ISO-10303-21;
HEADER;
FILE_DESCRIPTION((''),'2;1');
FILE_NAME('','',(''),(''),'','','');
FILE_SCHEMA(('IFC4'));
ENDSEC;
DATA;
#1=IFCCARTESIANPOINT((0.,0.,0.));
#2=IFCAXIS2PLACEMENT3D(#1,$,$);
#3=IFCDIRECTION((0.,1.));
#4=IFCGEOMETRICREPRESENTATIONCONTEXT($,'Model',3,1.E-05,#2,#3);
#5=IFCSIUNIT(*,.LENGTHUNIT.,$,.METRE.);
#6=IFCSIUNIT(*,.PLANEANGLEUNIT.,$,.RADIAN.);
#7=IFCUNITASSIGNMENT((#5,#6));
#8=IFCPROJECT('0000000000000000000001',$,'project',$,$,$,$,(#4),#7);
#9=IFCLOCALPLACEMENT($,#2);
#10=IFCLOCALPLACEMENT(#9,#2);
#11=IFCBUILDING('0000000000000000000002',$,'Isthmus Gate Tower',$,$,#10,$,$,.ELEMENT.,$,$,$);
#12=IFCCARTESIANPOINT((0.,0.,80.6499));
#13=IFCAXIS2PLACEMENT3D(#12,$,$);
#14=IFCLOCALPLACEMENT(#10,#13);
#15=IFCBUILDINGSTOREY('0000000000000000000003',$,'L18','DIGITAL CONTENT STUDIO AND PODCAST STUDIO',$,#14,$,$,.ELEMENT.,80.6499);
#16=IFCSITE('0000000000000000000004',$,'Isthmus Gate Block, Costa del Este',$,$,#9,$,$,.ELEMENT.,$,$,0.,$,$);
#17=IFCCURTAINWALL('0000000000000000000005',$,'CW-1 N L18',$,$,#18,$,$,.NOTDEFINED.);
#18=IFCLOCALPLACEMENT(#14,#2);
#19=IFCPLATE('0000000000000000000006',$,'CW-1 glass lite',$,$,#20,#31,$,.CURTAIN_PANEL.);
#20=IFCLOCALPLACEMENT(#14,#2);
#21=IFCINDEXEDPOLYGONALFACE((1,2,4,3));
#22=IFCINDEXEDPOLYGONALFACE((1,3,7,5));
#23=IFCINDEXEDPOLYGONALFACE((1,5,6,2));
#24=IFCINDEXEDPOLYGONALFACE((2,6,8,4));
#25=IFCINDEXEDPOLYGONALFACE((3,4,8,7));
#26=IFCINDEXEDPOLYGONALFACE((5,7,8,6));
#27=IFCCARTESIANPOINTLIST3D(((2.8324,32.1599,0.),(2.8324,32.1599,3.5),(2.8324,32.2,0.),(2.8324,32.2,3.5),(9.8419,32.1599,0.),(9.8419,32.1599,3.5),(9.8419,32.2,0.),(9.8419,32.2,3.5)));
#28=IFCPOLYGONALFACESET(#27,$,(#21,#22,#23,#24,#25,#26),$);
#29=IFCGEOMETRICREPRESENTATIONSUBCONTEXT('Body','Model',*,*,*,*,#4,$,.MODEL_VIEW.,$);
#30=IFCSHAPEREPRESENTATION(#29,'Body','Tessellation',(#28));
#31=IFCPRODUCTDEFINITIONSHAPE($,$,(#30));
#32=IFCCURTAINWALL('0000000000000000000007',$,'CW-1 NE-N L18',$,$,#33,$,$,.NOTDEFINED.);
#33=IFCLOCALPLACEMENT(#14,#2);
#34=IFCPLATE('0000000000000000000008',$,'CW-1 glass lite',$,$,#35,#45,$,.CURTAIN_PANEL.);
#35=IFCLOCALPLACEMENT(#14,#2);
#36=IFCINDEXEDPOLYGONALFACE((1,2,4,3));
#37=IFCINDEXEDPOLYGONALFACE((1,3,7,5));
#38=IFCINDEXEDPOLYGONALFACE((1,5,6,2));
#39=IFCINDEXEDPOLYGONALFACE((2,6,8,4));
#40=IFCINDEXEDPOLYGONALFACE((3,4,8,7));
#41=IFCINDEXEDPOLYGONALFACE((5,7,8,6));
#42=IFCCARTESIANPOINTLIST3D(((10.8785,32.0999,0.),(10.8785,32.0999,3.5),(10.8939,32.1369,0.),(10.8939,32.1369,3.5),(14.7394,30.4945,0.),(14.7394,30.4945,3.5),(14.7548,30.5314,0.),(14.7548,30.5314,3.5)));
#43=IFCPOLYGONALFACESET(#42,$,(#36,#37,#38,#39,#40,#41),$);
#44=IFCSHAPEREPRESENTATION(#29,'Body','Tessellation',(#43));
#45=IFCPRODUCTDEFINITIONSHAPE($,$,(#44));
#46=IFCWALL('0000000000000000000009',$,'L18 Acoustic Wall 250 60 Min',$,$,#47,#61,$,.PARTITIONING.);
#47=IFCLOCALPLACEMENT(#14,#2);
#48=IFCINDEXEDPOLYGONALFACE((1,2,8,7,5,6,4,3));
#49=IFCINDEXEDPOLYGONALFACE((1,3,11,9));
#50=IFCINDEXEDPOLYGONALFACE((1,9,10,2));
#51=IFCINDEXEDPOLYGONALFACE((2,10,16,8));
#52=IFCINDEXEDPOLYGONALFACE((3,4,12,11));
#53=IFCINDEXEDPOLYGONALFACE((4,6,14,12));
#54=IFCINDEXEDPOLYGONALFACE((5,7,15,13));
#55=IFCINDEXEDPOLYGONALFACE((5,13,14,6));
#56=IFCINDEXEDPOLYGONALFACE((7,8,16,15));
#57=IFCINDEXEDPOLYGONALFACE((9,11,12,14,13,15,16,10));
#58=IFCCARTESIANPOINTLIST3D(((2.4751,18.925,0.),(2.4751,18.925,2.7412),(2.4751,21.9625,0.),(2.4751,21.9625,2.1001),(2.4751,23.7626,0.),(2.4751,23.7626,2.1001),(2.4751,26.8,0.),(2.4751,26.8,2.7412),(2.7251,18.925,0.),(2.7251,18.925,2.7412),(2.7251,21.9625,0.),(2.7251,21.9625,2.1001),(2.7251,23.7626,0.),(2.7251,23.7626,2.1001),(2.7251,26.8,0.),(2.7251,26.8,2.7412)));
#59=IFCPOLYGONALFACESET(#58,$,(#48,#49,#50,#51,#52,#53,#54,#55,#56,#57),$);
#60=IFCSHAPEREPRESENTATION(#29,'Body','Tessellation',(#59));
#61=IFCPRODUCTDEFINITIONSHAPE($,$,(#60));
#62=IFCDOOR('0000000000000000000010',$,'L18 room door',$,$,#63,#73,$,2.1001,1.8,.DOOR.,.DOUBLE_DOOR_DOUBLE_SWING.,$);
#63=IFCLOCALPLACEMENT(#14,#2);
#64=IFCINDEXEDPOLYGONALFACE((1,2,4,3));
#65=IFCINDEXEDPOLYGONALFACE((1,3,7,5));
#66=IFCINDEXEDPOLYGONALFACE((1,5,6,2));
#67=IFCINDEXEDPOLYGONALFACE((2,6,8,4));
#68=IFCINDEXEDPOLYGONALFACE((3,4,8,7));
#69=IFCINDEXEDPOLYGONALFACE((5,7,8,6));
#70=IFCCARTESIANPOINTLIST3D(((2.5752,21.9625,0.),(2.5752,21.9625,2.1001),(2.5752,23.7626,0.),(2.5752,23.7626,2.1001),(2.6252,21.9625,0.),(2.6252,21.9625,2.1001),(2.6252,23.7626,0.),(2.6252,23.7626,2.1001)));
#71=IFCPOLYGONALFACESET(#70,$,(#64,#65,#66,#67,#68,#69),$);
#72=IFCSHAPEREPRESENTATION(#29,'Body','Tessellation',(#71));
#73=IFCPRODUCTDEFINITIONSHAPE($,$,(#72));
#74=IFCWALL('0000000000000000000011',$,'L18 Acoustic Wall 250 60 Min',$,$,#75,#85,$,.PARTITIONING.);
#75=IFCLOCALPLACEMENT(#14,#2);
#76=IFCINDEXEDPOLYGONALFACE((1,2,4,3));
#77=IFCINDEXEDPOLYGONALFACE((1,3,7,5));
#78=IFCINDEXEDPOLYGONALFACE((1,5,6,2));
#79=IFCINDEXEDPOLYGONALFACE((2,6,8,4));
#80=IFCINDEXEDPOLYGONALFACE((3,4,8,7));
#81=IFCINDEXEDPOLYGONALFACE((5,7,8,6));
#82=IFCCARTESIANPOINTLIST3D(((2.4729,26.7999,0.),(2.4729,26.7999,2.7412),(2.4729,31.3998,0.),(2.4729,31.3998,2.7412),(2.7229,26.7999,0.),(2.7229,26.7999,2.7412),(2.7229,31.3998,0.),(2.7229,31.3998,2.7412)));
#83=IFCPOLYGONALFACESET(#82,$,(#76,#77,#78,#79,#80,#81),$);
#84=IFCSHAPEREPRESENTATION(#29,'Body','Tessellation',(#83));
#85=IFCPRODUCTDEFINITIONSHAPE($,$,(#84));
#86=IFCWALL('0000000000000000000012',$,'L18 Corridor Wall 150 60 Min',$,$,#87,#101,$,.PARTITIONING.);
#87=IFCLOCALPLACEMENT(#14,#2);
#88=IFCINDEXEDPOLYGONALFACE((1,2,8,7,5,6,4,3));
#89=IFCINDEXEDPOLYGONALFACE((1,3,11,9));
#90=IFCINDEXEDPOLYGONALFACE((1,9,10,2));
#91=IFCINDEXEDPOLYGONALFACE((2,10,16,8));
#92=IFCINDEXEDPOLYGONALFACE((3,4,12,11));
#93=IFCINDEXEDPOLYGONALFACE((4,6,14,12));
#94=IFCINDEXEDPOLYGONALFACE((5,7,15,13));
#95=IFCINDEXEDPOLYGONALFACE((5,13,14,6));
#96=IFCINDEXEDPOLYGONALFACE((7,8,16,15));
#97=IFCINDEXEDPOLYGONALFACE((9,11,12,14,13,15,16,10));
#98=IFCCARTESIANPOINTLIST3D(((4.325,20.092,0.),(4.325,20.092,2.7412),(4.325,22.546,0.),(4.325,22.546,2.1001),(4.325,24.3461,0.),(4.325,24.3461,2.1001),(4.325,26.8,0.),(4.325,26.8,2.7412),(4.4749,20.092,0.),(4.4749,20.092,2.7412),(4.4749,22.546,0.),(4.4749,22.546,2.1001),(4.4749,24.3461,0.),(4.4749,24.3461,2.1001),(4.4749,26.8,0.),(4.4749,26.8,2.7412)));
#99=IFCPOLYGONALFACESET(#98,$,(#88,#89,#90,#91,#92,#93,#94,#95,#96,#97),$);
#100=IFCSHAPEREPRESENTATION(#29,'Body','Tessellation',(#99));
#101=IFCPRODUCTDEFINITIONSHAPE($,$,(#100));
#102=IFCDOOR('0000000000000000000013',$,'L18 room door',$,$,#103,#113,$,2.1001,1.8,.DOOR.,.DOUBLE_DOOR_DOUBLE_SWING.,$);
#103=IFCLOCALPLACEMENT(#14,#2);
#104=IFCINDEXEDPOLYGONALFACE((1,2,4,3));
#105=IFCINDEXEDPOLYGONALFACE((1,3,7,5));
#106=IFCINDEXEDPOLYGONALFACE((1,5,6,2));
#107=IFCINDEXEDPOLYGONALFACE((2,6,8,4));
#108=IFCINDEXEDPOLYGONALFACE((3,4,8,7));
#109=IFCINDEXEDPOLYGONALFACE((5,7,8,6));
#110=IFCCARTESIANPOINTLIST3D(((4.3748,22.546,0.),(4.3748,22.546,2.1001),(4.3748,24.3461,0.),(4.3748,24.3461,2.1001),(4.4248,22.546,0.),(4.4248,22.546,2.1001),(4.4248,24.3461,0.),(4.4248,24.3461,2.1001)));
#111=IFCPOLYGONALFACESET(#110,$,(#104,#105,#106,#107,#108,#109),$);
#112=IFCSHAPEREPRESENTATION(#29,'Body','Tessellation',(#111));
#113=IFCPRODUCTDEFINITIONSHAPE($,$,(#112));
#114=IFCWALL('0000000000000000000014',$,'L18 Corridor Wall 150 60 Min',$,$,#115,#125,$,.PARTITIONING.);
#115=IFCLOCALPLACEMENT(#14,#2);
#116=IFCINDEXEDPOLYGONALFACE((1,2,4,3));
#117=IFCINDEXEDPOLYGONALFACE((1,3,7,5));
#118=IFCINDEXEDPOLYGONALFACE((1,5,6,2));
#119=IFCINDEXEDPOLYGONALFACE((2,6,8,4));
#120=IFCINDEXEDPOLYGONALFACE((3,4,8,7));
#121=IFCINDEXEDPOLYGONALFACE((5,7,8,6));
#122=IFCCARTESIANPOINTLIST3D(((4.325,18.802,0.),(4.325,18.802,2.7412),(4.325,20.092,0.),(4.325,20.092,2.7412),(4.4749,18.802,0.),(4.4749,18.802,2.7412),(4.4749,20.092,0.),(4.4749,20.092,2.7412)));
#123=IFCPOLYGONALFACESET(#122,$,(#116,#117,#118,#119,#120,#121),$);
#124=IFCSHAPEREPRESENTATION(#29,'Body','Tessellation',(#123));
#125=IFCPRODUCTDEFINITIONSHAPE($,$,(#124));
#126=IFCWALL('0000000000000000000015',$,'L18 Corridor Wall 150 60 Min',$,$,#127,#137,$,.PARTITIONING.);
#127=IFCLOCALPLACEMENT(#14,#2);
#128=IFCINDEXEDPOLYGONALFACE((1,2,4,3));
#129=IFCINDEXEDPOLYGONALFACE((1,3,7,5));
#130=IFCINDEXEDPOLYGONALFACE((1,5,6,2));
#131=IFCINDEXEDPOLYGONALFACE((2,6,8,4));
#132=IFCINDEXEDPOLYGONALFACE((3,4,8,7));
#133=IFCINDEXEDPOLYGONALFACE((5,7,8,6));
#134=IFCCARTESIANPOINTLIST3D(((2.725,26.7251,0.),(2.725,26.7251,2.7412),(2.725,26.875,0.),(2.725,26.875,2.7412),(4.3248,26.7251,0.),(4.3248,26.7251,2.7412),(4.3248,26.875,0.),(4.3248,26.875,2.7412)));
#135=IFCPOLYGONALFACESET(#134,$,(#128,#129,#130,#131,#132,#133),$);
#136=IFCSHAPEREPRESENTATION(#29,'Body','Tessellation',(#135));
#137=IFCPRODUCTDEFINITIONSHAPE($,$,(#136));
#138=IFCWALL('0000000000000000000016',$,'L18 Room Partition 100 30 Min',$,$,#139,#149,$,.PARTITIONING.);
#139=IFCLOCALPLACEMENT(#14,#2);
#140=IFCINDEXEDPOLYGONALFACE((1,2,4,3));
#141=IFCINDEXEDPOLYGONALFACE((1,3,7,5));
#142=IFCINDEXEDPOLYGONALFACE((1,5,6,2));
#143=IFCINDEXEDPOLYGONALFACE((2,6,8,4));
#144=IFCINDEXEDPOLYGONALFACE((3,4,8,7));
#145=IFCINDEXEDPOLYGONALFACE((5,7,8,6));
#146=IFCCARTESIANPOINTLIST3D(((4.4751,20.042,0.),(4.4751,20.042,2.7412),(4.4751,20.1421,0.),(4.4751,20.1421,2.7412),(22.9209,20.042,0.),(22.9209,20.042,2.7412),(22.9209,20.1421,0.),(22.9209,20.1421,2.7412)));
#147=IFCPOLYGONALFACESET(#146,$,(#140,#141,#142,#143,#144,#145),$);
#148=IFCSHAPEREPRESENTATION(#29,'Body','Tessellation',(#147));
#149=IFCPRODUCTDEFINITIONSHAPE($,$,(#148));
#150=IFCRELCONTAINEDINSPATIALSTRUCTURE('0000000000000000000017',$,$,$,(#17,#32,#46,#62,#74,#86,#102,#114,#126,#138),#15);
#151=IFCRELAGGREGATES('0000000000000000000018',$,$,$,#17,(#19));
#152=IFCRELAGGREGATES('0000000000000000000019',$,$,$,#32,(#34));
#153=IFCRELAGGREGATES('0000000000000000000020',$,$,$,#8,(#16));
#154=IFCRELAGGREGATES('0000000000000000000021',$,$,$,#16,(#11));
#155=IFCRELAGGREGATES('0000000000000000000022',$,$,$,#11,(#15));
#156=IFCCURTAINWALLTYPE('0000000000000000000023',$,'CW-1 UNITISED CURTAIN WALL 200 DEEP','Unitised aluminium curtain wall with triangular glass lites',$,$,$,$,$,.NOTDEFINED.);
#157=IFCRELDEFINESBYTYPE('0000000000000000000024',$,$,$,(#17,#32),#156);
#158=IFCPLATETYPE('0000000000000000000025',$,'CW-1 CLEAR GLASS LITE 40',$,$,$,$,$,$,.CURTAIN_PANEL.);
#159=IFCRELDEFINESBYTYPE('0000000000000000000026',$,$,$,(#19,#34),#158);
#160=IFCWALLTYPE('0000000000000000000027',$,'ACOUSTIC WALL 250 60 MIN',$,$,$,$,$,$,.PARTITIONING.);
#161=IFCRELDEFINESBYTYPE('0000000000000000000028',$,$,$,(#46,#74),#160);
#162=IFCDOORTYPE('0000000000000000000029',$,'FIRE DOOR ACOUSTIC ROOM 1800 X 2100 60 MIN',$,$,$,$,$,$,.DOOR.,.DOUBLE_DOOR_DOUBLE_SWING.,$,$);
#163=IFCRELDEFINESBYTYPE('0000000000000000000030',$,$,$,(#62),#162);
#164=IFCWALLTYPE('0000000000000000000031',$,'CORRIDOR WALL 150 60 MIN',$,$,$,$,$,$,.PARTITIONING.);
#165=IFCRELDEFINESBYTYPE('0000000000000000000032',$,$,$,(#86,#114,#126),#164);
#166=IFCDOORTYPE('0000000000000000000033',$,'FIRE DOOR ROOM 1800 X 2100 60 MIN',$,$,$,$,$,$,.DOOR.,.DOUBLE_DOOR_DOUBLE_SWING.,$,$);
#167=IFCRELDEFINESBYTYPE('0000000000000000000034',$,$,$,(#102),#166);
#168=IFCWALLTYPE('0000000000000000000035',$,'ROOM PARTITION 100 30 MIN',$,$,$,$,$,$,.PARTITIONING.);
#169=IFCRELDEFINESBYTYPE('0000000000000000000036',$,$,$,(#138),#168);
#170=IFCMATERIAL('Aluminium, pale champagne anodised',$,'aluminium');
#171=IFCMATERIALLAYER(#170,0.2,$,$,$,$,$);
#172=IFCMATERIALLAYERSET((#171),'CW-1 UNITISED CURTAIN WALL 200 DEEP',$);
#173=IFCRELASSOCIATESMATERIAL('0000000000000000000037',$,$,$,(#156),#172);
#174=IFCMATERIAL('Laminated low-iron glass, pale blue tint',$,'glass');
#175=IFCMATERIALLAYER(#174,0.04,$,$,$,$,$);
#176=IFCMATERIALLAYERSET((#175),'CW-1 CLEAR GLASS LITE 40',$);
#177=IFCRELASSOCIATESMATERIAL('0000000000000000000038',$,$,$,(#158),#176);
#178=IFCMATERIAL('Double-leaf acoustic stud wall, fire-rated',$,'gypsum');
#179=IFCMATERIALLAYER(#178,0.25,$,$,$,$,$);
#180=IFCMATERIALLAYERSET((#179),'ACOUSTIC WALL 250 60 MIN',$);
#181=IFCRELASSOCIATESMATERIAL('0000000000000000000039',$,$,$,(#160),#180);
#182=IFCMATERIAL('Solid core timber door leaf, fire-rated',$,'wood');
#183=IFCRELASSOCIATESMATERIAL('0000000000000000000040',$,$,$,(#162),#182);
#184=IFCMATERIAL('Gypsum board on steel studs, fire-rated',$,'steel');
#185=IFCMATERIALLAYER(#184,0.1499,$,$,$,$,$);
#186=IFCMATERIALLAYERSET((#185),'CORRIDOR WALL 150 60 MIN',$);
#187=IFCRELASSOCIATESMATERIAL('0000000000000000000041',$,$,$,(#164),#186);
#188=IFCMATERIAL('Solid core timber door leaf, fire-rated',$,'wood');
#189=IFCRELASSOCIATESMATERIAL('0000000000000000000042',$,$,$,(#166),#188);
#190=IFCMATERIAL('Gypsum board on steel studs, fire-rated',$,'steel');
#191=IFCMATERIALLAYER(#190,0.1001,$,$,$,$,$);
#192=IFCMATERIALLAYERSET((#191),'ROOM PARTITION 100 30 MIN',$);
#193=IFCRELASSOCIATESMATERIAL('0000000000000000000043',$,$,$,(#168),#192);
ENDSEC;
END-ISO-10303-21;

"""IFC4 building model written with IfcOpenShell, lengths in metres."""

from ifc_helpers import new_model, si_unit, direction, frame, frame_2d, origin, origin_2d, place, context, subcontext, project, spatial, rectangle, extrude, material, layer, layer_set, type_object, element, fill, aggregate, save


model = new_model("IFC4")

# Units and contexts
model_context = context("Model", 3, precision=1e-05, world=origin(), true_north=direction((0.0, 1.0)))
body_context = subcontext(model_context, "Body", "Model", "MODEL_VIEW")
ifc_project = project(units=[si_unit("LENGTHUNIT", "METRE"), si_unit("PLANEANGLEUNIT", "RADIAN")], contexts=[model_context])

# Site, building, storey
site_placement = place(None, origin())
site = spatial("IfcSite", under=ifc_project, at=site_placement, Name="Isthmus Gate Block, Costa del Este", CompositionType="ELEMENT", RefElevation=0.0)
building_placement = place(site_placement, origin())
building = spatial("IfcBuilding", under=site, at=building_placement, Name="Isthmus Gate Tower", CompositionType="ELEMENT")
storey_placement = place(building_placement, frame((0.0, 0.0, 80.6499)))
storey = spatial("IfcBuildingStorey", under=building, at=storey_placement, Name="L18", Description="DIGITAL CONTENT STUDIO AND PODCAST STUDIO", CompositionType="ELEMENT", Elevation=80.6499)

# Curtain wall
ifc_material_1 = material(Name="Aluminium, pale champagne anodised", Category="aluminium")
ifc_layer_1 = layer(ifc_material_1, 0.2)
ifc_layer_set_1 = layer_set([ifc_layer_1], Name="CW-1 UNITISED CURTAIN WALL 200 DEEP")
curtain_wall_type = type_object("IfcCurtainWallType", Name="CW-1 UNITISED CURTAIN WALL 200 DEEP", Description="Unitised aluminium curtain wall with triangular glass lites", PredefinedType="NOTDEFINED", material=ifc_layer_set_1)
curtain_wall_1_placement = place(storey_placement, origin())
curtain_wall_1 = element("IfcCurtainWall", 1, at=curtain_wall_1_placement, inside=storey, type_object=curtain_wall_type, Name="CW-1 N L18", PredefinedType="NOTDEFINED")

# Plate
ifc_material_2 = material(Name="Laminated low-iron glass, pale blue tint", Category="glass")
ifc_layer_2 = layer(ifc_material_2, 0.04)
ifc_layer_set_2 = layer_set([ifc_layer_2], Name="CW-1 CLEAR GLASS LITE 40")
plate_type = type_object("IfcPlateType", Name="CW-1 CLEAR GLASS LITE 40", PredefinedType="CURTAIN_PANEL", material=ifc_layer_set_2)
plate_1_placement = place(storey_placement, frame((6.3372, 32.1799, 0.0), z_axis=(0.0, 0.0, 1.0), x_axis=(-1.0, 0.0, 0.0)))
plate_1 = element("IfcPlate", 2, at=plate_1_placement, type_object=plate_type, Name="CW-1 glass lite", PredefinedType="CURTAIN_PANEL", context=body_context, shape_type="SweptSolid", body=[
    extrude(rectangle(XDim=7.0095, YDim=0.04, at=origin_2d()), origin(), (0.0, 0.0, 1.0), 3.5),
])
aggregate(curtain_wall_1, [plate_1])

# Curtain wall, plate
curtain_wall_2_placement = place(storey_placement, origin())
curtain_wall_2 = element("IfcCurtainWall", 3, at=curtain_wall_2_placement, inside=storey, type_object=curtain_wall_type, Name="CW-1 NE-N L18", PredefinedType="NOTDEFINED")
plate_2_placement = place(storey_placement, frame((12.8167, 31.3157, 0.0), z_axis=(0.0, 0.0, 1.0), x_axis=(-0.923353, 0.383952, 0.0)))
plate_2 = element("IfcPlate", 4, at=plate_2_placement, type_object=plate_type, Name="CW-1 glass lite", PredefinedType="CURTAIN_PANEL", context=body_context, shape_type="SweptSolid", body=[
    extrude(rectangle(XDim=4.1814, YDim=0.04, at=origin_2d()), origin(), (0.0, 0.0, 1.0), 3.5),
])
aggregate(curtain_wall_2, [plate_2])

# Wall, opening, door
ifc_material_3 = material(Name="Double-leaf acoustic stud wall, fire-rated", Category="gypsum")
ifc_layer_3 = layer(ifc_material_3, 0.25)
ifc_layer_set_3 = layer_set([ifc_layer_3], Name="ACOUSTIC WALL 250 60 MIN")
wall_type_1 = type_object("IfcWallType", Name="ACOUSTIC WALL 250 60 MIN", PredefinedType="PARTITIONING", material=ifc_layer_set_3)
wall_1_placement = place(storey_placement, frame((2.6001, 18.925, 0.0), z_axis=(0.0, 0.0, 1.0), x_axis=(0.0, 1.0, 0.0)))
wall_1 = element("IfcWall", 5, at=wall_1_placement, inside=storey, type_object=wall_type_1, Name="L18 Acoustic Wall 250 60 Min", PredefinedType="PARTITIONING", context=body_context, shape_type="SweptSolid", body=[
    extrude(rectangle(XDim=7.875, YDim=0.25, at=frame_2d((3.9375, 0.0))), origin(), (0.0, 0.0, 1.0), 2.7412),
])
opening_1_placement = place(wall_1_placement, frame((3.0376, 0.0, 0.0)))
opening_1 = element("IfcOpeningElement", 6, at=opening_1_placement, cuts=wall_1, PredefinedType="OPENING", context=body_context, shape_type="SweptSolid", body=[
    extrude(rectangle(XDim=1.8, YDim=2.1001, at=frame_2d((0.8999, 1.05))), frame((0.0, 0.135, 0.0), z_axis=(0.0, -1.0, 0.0), x_axis=(1.0, 0.0, 0.0)), (0.0, 0.0, 1.0), 0.27),
])
ifc_material_4 = material(Name="Solid core timber door leaf, fire-rated", Category="wood")
door_type_1 = type_object("IfcDoorType", Name="FIRE DOOR ACOUSTIC ROOM 1800 X 2100 60 MIN", OperationType="DOUBLE_DOOR_DOUBLE_SWING", PredefinedType="DOOR", material=ifc_material_4)
door_1_placement = place(opening_1_placement, origin())
door_1 = element("IfcDoor", 7, at=door_1_placement, inside=storey, type_object=door_type_1, Name="L18 room door", OperationType="DOUBLE_DOOR_DOUBLE_SWING", OverallHeight=2.1001, OverallWidth=1.8, PredefinedType="DOOR", context=body_context, shape_type="SweptSolid", body=[
    extrude(rectangle(XDim=1.8, YDim=2.1001, at=frame_2d((0.8999, 1.05))), frame((0.0, 0.0249, 0.0), z_axis=(0.0, -1.0, 0.0), x_axis=(1.0, 0.0, 0.0)), (0.0, 0.0, 1.0), 0.05),
])
fill(opening_1, door_1)

# Wall
wall_2_placement = place(storey_placement, frame((2.5979, 26.8, 0.0), z_axis=(0.0, 0.0, 1.0), x_axis=(0.0, 1.0, 0.0)))
element("IfcWall", 8, at=wall_2_placement, inside=storey, type_object=wall_type_1, Name="L18 Acoustic Wall 250 60 Min", PredefinedType="PARTITIONING", context=body_context, shape_type="SweptSolid", body=[
    extrude(rectangle(XDim=4.5999, YDim=0.25, at=frame_2d((2.2998, 0.0))), origin(), (0.0, 0.0, 1.0), 2.7412),
])

# Wall, opening, door
ifc_material_5 = material(Name="Gypsum board on steel studs, fire-rated", Category="steel")
ifc_layer_4 = layer(ifc_material_5, 0.1499)
ifc_layer_set_4 = layer_set([ifc_layer_4], Name="CORRIDOR WALL 150 60 MIN")
wall_type_2 = type_object("IfcWallType", Name="CORRIDOR WALL 150 60 MIN", PredefinedType="PARTITIONING", material=ifc_layer_set_4)
wall_3_placement = place(storey_placement, frame((4.3999, 26.8, 0.0), z_axis=(0.0, 0.0, 1.0), x_axis=(0.0, -1.0, 0.0)))
wall_3 = element("IfcWall", 9, at=wall_3_placement, inside=storey, type_object=wall_type_2, Name="L18 Corridor Wall 150 60 Min", PredefinedType="PARTITIONING", context=body_context, shape_type="SweptSolid", body=[
    extrude(rectangle(XDim=6.708, YDim=0.1499, at=frame_2d((3.354, 0.0))), origin(), (0.0, 0.0, 1.0), 2.7412),
])
opening_2_placement = place(wall_3_placement, frame((2.4541, 0.0, 0.0)))
opening_2 = element("IfcOpeningElement", 10, at=opening_2_placement, cuts=wall_3, PredefinedType="OPENING", context=body_context, shape_type="SweptSolid", body=[
    extrude(rectangle(XDim=1.8, YDim=2.1001, at=frame_2d((0.8999, 1.05))), frame((0.0, 0.085, 0.0), z_axis=(0.0, -1.0, 0.0), x_axis=(1.0, 0.0, 0.0)), (0.0, 0.0, 1.0), 0.1699),
])
ifc_material_6 = material(Name="Solid core timber door leaf, fire-rated", Category="wood")
door_type_2 = type_object("IfcDoorType", Name="FIRE DOOR ROOM 1800 X 2100 60 MIN", OperationType="DOUBLE_DOOR_DOUBLE_SWING", PredefinedType="DOOR", material=ifc_material_6)
door_2_placement = place(opening_2_placement, origin())
door_2 = element("IfcDoor", 11, at=door_2_placement, inside=storey, type_object=door_type_2, Name="L18 room door", OperationType="DOUBLE_DOOR_DOUBLE_SWING", OverallHeight=2.1001, OverallWidth=1.8, PredefinedType="DOOR", context=body_context, shape_type="SweptSolid", body=[
    extrude(rectangle(XDim=1.8, YDim=2.1001, at=frame_2d((0.8999, 1.05))), frame((0.0, 0.0249, 0.0), z_axis=(0.0, -1.0, 0.0), x_axis=(1.0, 0.0, 0.0)), (0.0, 0.0, 1.0), 0.05),
])
fill(opening_2, door_2)

# Walls
wall_4_placement = place(storey_placement, frame((4.3999, 20.092, 0.0), z_axis=(0.0, 0.0, 1.0), x_axis=(0.0, -1.0, 0.0)))
element("IfcWall", 12, at=wall_4_placement, inside=storey, type_object=wall_type_2, Name="L18 Corridor Wall 150 60 Min", PredefinedType="PARTITIONING", context=body_context, shape_type="SweptSolid", body=[
    extrude(rectangle(XDim=1.29, YDim=0.1499, at=frame_2d((0.645, 0.0))), origin(), (0.0, 0.0, 1.0), 2.7412),
])
wall_5_placement = place(storey_placement, frame((2.7251, 26.8, 0.0), z_axis=(0.0, 0.0, 1.0), x_axis=(1.0, 0.0, 0.0)))
element("IfcWall", 13, at=wall_5_placement, inside=storey, type_object=wall_type_2, Name="L18 Corridor Wall 150 60 Min", PredefinedType="PARTITIONING", context=body_context, shape_type="SweptSolid", body=[
    extrude(rectangle(XDim=1.5999, YDim=0.1499, at=frame_2d((0.7998, 0.0))), origin(), (0.0, 0.0, 1.0), 2.7412),
])
ifc_material_7 = material(Name="Gypsum board on steel studs, fire-rated", Category="steel")
ifc_layer_5 = layer(ifc_material_7, 0.1001)
ifc_layer_set_5 = layer_set([ifc_layer_5], Name="ROOM PARTITION 100 30 MIN")
wall_type_3 = type_object("IfcWallType", Name="ROOM PARTITION 100 30 MIN", PredefinedType="PARTITIONING", material=ifc_layer_set_5)
wall_6_placement = place(storey_placement, frame((4.4751, 20.092, 0.0), z_axis=(0.0, 0.0, 1.0), x_axis=(1.0, 0.0, 0.0)))
element("IfcWall", 14, at=wall_6_placement, inside=storey, type_object=wall_type_3, Name="L18 Room Partition 100 30 Min", PredefinedType="PARTITIONING", context=body_context, shape_type="SweptSolid", body=[
    extrude(rectangle(XDim=18.4458, YDim=0.1001, at=frame_2d((9.2229, 0.0))), origin(), (0.0, 0.0, 1.0), 2.7412),
])

save(model, "model.ifc")
